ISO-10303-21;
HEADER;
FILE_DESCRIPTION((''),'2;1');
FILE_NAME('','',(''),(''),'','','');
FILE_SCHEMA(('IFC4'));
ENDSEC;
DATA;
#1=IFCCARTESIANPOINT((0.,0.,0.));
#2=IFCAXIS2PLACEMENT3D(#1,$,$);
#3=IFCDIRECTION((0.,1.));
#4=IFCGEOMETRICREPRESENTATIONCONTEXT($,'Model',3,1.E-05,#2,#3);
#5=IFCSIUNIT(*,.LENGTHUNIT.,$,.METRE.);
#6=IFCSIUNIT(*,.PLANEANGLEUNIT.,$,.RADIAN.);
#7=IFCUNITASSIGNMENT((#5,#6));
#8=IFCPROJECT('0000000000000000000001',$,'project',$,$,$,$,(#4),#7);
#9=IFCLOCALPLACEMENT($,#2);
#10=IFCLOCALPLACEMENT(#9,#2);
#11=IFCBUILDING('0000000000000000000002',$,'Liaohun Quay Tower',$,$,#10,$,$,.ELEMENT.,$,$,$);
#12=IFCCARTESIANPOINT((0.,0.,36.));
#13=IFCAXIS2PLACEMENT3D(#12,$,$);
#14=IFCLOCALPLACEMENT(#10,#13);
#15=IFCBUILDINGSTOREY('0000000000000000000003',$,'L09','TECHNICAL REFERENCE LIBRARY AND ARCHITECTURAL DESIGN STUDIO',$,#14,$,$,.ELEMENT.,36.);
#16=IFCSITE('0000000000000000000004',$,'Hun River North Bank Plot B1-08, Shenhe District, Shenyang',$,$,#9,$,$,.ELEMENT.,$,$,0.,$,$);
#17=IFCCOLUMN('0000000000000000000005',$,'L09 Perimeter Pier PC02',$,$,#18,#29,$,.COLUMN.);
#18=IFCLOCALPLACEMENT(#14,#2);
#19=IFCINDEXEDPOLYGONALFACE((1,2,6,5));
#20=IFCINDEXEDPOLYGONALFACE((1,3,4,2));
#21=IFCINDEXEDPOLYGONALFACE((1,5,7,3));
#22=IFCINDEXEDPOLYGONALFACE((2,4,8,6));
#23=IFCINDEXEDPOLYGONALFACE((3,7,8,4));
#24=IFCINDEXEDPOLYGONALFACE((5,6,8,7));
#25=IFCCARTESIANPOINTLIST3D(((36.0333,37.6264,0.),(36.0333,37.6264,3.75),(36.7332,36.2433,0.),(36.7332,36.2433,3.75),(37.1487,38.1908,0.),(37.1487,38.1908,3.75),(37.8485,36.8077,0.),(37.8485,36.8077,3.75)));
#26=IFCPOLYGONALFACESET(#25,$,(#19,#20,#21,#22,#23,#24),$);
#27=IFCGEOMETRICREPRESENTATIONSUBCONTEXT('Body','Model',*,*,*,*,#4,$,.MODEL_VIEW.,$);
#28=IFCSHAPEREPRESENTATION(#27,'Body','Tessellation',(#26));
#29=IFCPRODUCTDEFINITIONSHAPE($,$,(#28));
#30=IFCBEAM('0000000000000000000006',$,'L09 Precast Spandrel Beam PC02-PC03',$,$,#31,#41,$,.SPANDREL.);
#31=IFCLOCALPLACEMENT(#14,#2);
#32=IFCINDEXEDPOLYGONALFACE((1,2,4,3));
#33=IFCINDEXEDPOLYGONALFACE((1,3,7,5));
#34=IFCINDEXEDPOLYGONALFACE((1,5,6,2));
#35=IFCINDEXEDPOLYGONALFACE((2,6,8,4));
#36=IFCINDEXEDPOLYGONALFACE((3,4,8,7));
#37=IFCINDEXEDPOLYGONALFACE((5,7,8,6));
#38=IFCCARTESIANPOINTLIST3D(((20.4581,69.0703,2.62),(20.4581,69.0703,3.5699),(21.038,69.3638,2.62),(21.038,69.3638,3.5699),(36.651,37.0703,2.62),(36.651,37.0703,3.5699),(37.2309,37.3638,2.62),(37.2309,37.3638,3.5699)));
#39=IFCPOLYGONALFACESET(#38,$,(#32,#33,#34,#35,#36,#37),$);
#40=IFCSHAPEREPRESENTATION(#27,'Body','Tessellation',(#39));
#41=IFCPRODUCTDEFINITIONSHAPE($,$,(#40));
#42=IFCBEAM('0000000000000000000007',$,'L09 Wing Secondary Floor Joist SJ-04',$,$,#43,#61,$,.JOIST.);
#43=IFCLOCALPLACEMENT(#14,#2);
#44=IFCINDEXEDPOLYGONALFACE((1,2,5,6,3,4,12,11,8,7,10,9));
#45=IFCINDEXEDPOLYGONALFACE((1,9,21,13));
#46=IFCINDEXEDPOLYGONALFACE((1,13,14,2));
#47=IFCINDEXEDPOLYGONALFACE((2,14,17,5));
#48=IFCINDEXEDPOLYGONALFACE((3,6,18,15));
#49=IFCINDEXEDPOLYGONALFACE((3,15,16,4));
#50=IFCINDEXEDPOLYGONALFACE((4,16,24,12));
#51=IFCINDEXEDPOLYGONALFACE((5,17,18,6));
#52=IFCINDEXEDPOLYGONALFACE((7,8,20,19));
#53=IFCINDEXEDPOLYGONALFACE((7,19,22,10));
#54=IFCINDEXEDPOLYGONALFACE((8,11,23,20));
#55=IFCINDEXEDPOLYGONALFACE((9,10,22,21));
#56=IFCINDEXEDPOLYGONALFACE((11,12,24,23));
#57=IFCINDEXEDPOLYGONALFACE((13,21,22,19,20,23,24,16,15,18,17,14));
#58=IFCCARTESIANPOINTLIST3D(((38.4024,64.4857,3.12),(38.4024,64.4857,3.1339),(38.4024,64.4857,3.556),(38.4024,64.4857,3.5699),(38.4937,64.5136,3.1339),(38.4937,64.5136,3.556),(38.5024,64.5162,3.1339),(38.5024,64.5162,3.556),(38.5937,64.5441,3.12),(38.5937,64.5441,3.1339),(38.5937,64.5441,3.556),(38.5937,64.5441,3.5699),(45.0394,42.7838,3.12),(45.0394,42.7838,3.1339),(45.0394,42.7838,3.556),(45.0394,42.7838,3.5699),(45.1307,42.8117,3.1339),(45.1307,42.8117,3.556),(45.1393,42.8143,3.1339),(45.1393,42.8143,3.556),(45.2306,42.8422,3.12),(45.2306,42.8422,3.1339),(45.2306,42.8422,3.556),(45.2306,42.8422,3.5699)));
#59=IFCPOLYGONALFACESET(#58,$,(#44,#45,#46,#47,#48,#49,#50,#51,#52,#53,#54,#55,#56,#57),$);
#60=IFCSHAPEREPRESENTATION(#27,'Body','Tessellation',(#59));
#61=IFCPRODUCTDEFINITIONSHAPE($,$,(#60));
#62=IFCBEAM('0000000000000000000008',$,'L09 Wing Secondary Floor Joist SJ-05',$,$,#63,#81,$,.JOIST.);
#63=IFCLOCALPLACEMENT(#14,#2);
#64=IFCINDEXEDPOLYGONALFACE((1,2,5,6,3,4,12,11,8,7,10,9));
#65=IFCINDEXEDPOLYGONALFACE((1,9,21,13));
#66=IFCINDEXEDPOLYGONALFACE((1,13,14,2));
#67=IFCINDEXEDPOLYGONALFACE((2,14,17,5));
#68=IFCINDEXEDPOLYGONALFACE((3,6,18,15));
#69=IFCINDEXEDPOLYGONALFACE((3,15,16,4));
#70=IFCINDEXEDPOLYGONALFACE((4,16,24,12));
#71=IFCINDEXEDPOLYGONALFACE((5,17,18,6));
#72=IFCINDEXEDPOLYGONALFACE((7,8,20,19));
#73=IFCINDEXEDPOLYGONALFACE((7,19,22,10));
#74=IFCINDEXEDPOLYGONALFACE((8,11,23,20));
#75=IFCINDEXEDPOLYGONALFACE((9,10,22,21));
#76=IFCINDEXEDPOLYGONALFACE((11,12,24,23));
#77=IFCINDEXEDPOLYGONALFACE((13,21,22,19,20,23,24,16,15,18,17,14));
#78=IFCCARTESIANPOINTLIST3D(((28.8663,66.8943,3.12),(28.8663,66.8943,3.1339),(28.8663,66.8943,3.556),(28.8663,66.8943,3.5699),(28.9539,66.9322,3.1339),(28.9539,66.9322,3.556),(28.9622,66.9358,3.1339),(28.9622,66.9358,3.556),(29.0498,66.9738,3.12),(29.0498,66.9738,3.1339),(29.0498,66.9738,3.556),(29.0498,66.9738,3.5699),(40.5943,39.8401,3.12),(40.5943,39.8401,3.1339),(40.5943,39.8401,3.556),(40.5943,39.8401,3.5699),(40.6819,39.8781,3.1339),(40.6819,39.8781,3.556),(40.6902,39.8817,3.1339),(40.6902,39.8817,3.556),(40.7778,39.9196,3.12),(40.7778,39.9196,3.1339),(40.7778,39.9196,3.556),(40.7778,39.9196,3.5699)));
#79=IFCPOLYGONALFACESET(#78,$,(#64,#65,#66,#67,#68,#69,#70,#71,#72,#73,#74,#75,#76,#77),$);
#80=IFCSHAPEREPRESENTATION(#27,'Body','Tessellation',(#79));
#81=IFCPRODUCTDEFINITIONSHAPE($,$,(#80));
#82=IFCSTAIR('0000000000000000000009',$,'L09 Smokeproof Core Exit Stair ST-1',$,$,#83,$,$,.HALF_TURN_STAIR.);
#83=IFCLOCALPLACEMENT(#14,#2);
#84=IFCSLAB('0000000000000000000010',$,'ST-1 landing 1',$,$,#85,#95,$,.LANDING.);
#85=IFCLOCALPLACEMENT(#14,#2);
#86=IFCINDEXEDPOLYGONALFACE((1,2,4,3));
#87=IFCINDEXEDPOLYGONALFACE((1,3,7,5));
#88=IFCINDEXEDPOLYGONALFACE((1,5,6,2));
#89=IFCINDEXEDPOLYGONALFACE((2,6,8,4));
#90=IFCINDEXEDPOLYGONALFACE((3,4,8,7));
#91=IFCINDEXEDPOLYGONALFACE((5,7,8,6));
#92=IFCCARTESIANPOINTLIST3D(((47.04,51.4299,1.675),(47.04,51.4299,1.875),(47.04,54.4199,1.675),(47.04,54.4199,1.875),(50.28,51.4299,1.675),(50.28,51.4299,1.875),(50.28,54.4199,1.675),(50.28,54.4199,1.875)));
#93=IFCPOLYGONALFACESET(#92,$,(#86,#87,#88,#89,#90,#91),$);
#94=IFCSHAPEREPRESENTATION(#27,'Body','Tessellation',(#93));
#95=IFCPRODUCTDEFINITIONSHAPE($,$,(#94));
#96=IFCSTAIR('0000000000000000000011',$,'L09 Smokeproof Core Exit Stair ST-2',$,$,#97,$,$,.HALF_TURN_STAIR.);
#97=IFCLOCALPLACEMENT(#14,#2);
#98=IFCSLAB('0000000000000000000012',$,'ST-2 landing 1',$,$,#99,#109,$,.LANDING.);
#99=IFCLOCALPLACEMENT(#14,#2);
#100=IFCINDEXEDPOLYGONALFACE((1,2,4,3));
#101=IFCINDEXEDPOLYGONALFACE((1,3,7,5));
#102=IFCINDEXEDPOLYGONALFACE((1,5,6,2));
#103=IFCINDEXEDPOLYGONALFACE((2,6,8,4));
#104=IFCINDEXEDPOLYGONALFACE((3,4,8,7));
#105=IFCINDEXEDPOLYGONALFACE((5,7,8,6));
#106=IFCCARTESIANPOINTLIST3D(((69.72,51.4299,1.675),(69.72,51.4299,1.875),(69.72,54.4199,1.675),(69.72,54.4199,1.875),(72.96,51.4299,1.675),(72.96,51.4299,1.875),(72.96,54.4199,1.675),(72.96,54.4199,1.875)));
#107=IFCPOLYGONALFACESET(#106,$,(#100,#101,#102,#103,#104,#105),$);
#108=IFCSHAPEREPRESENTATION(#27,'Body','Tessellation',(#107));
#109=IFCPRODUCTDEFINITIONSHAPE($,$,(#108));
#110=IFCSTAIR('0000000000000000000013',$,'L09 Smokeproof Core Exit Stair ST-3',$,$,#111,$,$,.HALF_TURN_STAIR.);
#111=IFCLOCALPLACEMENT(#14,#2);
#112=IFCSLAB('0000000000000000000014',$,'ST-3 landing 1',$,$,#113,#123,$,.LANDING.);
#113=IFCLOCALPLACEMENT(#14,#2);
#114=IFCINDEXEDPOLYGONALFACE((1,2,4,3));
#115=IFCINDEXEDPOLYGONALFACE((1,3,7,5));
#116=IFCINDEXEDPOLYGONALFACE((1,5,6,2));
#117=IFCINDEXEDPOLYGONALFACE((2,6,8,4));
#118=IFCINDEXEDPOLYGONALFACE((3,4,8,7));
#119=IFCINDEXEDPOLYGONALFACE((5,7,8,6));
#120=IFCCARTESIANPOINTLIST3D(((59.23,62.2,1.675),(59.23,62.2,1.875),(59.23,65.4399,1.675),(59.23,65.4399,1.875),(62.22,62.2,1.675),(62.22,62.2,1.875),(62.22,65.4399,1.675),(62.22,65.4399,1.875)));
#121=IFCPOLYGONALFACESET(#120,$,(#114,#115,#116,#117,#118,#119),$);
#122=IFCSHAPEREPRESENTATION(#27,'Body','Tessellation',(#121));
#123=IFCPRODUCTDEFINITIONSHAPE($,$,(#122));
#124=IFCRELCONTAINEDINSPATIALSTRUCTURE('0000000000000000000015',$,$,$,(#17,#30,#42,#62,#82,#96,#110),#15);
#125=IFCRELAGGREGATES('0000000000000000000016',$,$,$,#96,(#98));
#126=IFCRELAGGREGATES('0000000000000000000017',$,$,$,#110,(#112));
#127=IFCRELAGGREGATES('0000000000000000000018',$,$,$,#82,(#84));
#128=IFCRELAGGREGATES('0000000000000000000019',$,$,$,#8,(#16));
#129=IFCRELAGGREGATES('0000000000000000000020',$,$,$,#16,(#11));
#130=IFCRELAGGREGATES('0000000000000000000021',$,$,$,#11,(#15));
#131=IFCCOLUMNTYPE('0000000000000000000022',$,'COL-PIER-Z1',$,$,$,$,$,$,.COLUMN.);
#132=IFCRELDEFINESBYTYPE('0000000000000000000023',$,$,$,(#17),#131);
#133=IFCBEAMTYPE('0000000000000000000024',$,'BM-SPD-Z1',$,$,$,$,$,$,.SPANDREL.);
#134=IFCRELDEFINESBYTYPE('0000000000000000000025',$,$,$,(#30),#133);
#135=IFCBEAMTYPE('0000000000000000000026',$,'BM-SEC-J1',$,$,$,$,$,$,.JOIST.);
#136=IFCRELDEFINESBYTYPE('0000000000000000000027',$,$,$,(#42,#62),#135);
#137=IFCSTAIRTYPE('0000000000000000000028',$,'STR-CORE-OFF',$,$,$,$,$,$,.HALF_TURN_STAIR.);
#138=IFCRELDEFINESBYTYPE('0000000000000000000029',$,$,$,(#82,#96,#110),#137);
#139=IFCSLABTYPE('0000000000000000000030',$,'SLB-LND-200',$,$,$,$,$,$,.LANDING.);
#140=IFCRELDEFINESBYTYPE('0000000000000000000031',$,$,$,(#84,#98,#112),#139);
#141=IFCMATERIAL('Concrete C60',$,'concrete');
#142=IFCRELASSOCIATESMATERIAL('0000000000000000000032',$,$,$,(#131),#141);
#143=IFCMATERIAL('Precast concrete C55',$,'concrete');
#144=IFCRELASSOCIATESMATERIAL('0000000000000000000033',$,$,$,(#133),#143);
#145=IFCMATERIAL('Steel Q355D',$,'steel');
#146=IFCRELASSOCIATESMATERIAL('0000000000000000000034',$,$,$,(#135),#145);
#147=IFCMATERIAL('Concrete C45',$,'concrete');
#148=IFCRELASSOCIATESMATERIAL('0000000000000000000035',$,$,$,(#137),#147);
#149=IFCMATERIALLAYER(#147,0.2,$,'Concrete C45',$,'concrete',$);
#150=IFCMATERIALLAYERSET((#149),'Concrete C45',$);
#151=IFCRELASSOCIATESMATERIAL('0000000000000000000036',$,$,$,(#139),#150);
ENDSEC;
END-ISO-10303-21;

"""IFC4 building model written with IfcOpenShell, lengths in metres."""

from ifc_helpers import new_model, si_unit, direction, frame, origin, origin_2d, place, context, subcontext, project, spatial, polyline, rectangle, i_section, outline, extrude, source, transform, mapped, material, layer, layer_set, material_profile, profile_set, type_object, element, aggregate, save


model = new_model("IFC4")

# Units and contexts
model_context = context("Model", 3, precision=1e-05, world=origin(), true_north=direction((0.0, 1.0)))
body_context = subcontext(model_context, "Body", "Model", "MODEL_VIEW")
ifc_project = project(units=[si_unit("LENGTHUNIT", "METRE"), si_unit("PLANEANGLEUNIT", "RADIAN")], contexts=[model_context])

# Site, building, storey
site_placement = place(None, origin())
site = spatial("IfcSite", under=ifc_project, at=site_placement, Name="Hun River North Bank Plot B1-08, Shenhe District, Shenyang", CompositionType="ELEMENT", RefElevation=0.0)
building_placement = place(site_placement, origin())
building = spatial("IfcBuilding", under=site, at=building_placement, Name="Liaohun Quay Tower", CompositionType="ELEMENT")
storey_placement = place(building_placement, frame((0.0, 0.0, 36.0)))
storey = spatial("IfcBuildingStorey", under=building, at=storey_placement, Name="L09", Description="TECHNICAL REFERENCE LIBRARY AND ARCHITECTURAL DESIGN STUDIO", CompositionType="ELEMENT", Elevation=36.0)

# Column
ifc_material_1 = material(Name="Concrete C60", Category="concrete")
ifc_material_profile_1 = material_profile(ifc_material_1, rectangle(XDim=1.55, YDim=1.25, at=origin_2d()), Name="RC1550x1250")
ifc_profile_set_1 = profile_set([ifc_material_profile_1], Name="Concrete C60")
column_type = type_object("IfcColumnType", Name="COL-PIER-Z1", PredefinedType="COLUMN", material=ifc_profile_set_1)
shared_shape_1 = source(origin(), body_context, "Body", "SweptSolid", [
    extrude(rectangle(XDim=1.55, YDim=1.25, at=origin_2d()), origin(), (0.0, 0.0, 1.0), 3.75),
])
column_placement = place(storey_placement, frame((36.9409, 37.217, 0.0), z_axis=(0.0, 0.0, 1.0), x_axis=(-0.451501, 0.892271, 0.0)))
element("IfcColumn", 1, at=column_placement, inside=storey, type_object=column_type, Name="L09 Perimeter Pier PC02", PredefinedType="COLUMN", context=body_context, shape_type="MappedRepresentation", body=[
    mapped(shared_shape_1, transform((0.0, 0.0, 0.0), x_axis=(1.0, 0.0, 0.0), y_axis=(0.0, 1.0, 0.0), z_axis=(0.0, 0.0, 1.0), scale=1.0)),
])

# Beams
ifc_material_2 = material(Name="Precast concrete C55", Category="concrete")
ifc_material_profile_2 = material_profile(ifc_material_2, rectangle(XDim=0.6499, YDim=0.95, at=origin_2d()), Name="RC650x950")
ifc_profile_set_2 = profile_set([ifc_material_profile_2], Name="Precast concrete C55")
beam_type_1 = type_object("IfcBeamType", Name="BM-SPD-Z1", PredefinedType="SPANDREL", material=ifc_profile_set_2)
shared_shape_2 = source(origin(), body_context, "Body", "SweptSolid", [
    extrude(rectangle(XDim=0.6499, YDim=0.95, at=origin_2d()), origin(), (0.0, 0.0, 1.0), 35.8638),
])
beam_1_placement = place(storey_placement, frame((36.9409, 37.217, 3.095), z_axis=(-0.451511, 0.892266, 0.0), x_axis=(-0.892266, -0.451511, 0.0)))
element("IfcBeam", 2, at=beam_1_placement, inside=storey, type_object=beam_type_1, Name="L09 Precast Spandrel Beam PC02-PC03", PredefinedType="SPANDREL", context=body_context, shape_type="MappedRepresentation", body=[
    mapped(shared_shape_2, transform((0.0, 0.0, 0.0), x_axis=(1.0, 0.0, 0.0), y_axis=(0.0, 1.0, 0.0), z_axis=(0.0, 0.0, 1.0), scale=1.0)),
])
ifc_material_3 = material(Name="Steel Q355D", Category="steel")
ifc_material_profile_3 = material_profile(ifc_material_3, i_section(OverallWidth=0.2, OverallDepth=0.45, WebThickness=0.009, FlangeThickness=0.0139, at=origin_2d()), Name="HN450x200x9x14")
ifc_profile_set_3 = profile_set([ifc_material_profile_3], Name="Steel Q355D")
beam_type_2 = type_object("IfcBeamType", Name="BM-SEC-J1", PredefinedType="JOIST", material=ifc_profile_set_3)
shared_shape_3 = source(origin(), body_context, "Body", "SweptSolid", [
    extrude(i_section(OverallWidth=0.2, OverallDepth=0.45, WebThickness=0.009, FlangeThickness=0.0139, at=origin_2d()), origin(), (0.0, 0.0, 1.0), 22.6941),
])
beam_2_placement = place(storey_placement, frame((45.135, 42.813, 3.345), z_axis=(-0.292453, 0.95628, 0.0), x_axis=(-0.95628, -0.292453, 0.0)))
element("IfcBeam", 3, at=beam_2_placement, inside=storey, type_object=beam_type_2, Name="L09 Wing Secondary Floor Joist SJ-04", PredefinedType="JOIST", context=body_context, shape_type="MappedRepresentation", body=[
    mapped(shared_shape_3, transform((0.0, 0.0, 0.0), x_axis=(1.0, 0.0, 0.0), y_axis=(0.0, 1.0, 0.0), z_axis=(0.0, 0.0, 1.0), scale=1.0)),
])
shared_shape_4 = source(origin(), body_context, "Body", "SweptSolid", [
    extrude(i_section(OverallWidth=0.2, OverallDepth=0.45, WebThickness=0.009, FlangeThickness=0.0139, at=origin_2d()), origin(), (0.0, 0.0, 1.0), 29.4868),
])
beam_3_placement = place(storey_placement, frame((40.686, 39.8799, 3.345), z_axis=(-0.397737, 0.917499, 0.0), x_axis=(-0.917499, -0.397737, 0.0)))
element("IfcBeam", 4, at=beam_3_placement, inside=storey, type_object=beam_type_2, Name="L09 Wing Secondary Floor Joist SJ-05", PredefinedType="JOIST", context=body_context, shape_type="MappedRepresentation", body=[
    mapped(shared_shape_4, transform((0.0, 0.0, 0.0), x_axis=(1.0, 0.0, 0.0), y_axis=(0.0, 1.0, 0.0), z_axis=(0.0, 0.0, 1.0), scale=1.0)),
])

# Stairs, slabs
ifc_material_4 = material(Name="Concrete C45", Category="concrete")
stair_type = type_object("IfcStairType", Name="STR-CORE-OFF", PredefinedType="HALF_TURN_STAIR", material=ifc_material_4)
stair_1_placement = place(storey_placement, origin())
stair_1 = element("IfcStair", 5, at=stair_1_placement, inside=storey, type_object=stair_type, Name="L09 Smokeproof Core Exit Stair ST-1", PredefinedType="HALF_TURN_STAIR")
ifc_layer_1 = layer(ifc_material_4, 0.2, Name="Concrete C45", Category="concrete")
ifc_layer_set_1 = layer_set([ifc_layer_1], Name="Concrete C45")
slab_type_1 = type_object("IfcSlabType", Name="SLB-LND-200", PredefinedType="LANDING", material=ifc_layer_set_1)
slab_1_placement = place(storey_placement, frame((0.0, 0.0, 1.675)))
slab_1 = element("IfcSlab", 6, at=slab_1_placement, type_object=slab_type_1, Name="ST-1 landing 1", PredefinedType="LANDING", context=body_context, shape_type="SweptSolid", body=[
    extrude(outline(polyline([(50.28, 51.4299), (50.28, 54.4199), (47.04, 54.4199), (47.04, 51.4299), (50.28, 51.4299)])), origin(), (0.0, 0.0, 1.0), 0.2),
])
stair_2_placement = place(storey_placement, origin())
stair_2 = element("IfcStair", 7, at=stair_2_placement, inside=storey, type_object=stair_type, Name="L09 Smokeproof Core Exit Stair ST-2", PredefinedType="HALF_TURN_STAIR")
slab_2_placement = place(storey_placement, frame((0.0, 0.0, 1.675)))
slab_2 = element("IfcSlab", 8, at=slab_2_placement, type_object=slab_type_1, Name="ST-2 landing 1", PredefinedType="LANDING", context=body_context, shape_type="SweptSolid", body=[
    extrude(outline(polyline([(72.96, 51.4299), (72.96, 54.4199), (69.72, 54.4199), (69.72, 51.4299), (72.96, 51.4299)])), origin(), (0.0, 0.0, 1.0), 0.2),
])
aggregate(stair_2, [slab_2])
stair_3_placement = place(storey_placement, origin())
stair_3 = element("IfcStair", 9, at=stair_3_placement, inside=storey, type_object=stair_type, Name="L09 Smokeproof Core Exit Stair ST-3", PredefinedType="HALF_TURN_STAIR")
slab_3_placement = place(storey_placement, frame((0.0, 0.0, 1.675)))
slab_3 = element("IfcSlab", 10, at=slab_3_placement, type_object=slab_type_1, Name="ST-3 landing 1", PredefinedType="LANDING", context=body_context, shape_type="SweptSolid", body=[
    extrude(outline(polyline([(59.23, 62.2), (62.22, 62.2), (62.22, 65.4399), (59.23, 65.4399), (59.23, 62.2)])), origin(), (0.0, 0.0, 1.0), 0.2),
])
aggregate(stair_3, [slab_3])

aggregate(stair_1, [slab_1])

save(model, "model.ifc")
